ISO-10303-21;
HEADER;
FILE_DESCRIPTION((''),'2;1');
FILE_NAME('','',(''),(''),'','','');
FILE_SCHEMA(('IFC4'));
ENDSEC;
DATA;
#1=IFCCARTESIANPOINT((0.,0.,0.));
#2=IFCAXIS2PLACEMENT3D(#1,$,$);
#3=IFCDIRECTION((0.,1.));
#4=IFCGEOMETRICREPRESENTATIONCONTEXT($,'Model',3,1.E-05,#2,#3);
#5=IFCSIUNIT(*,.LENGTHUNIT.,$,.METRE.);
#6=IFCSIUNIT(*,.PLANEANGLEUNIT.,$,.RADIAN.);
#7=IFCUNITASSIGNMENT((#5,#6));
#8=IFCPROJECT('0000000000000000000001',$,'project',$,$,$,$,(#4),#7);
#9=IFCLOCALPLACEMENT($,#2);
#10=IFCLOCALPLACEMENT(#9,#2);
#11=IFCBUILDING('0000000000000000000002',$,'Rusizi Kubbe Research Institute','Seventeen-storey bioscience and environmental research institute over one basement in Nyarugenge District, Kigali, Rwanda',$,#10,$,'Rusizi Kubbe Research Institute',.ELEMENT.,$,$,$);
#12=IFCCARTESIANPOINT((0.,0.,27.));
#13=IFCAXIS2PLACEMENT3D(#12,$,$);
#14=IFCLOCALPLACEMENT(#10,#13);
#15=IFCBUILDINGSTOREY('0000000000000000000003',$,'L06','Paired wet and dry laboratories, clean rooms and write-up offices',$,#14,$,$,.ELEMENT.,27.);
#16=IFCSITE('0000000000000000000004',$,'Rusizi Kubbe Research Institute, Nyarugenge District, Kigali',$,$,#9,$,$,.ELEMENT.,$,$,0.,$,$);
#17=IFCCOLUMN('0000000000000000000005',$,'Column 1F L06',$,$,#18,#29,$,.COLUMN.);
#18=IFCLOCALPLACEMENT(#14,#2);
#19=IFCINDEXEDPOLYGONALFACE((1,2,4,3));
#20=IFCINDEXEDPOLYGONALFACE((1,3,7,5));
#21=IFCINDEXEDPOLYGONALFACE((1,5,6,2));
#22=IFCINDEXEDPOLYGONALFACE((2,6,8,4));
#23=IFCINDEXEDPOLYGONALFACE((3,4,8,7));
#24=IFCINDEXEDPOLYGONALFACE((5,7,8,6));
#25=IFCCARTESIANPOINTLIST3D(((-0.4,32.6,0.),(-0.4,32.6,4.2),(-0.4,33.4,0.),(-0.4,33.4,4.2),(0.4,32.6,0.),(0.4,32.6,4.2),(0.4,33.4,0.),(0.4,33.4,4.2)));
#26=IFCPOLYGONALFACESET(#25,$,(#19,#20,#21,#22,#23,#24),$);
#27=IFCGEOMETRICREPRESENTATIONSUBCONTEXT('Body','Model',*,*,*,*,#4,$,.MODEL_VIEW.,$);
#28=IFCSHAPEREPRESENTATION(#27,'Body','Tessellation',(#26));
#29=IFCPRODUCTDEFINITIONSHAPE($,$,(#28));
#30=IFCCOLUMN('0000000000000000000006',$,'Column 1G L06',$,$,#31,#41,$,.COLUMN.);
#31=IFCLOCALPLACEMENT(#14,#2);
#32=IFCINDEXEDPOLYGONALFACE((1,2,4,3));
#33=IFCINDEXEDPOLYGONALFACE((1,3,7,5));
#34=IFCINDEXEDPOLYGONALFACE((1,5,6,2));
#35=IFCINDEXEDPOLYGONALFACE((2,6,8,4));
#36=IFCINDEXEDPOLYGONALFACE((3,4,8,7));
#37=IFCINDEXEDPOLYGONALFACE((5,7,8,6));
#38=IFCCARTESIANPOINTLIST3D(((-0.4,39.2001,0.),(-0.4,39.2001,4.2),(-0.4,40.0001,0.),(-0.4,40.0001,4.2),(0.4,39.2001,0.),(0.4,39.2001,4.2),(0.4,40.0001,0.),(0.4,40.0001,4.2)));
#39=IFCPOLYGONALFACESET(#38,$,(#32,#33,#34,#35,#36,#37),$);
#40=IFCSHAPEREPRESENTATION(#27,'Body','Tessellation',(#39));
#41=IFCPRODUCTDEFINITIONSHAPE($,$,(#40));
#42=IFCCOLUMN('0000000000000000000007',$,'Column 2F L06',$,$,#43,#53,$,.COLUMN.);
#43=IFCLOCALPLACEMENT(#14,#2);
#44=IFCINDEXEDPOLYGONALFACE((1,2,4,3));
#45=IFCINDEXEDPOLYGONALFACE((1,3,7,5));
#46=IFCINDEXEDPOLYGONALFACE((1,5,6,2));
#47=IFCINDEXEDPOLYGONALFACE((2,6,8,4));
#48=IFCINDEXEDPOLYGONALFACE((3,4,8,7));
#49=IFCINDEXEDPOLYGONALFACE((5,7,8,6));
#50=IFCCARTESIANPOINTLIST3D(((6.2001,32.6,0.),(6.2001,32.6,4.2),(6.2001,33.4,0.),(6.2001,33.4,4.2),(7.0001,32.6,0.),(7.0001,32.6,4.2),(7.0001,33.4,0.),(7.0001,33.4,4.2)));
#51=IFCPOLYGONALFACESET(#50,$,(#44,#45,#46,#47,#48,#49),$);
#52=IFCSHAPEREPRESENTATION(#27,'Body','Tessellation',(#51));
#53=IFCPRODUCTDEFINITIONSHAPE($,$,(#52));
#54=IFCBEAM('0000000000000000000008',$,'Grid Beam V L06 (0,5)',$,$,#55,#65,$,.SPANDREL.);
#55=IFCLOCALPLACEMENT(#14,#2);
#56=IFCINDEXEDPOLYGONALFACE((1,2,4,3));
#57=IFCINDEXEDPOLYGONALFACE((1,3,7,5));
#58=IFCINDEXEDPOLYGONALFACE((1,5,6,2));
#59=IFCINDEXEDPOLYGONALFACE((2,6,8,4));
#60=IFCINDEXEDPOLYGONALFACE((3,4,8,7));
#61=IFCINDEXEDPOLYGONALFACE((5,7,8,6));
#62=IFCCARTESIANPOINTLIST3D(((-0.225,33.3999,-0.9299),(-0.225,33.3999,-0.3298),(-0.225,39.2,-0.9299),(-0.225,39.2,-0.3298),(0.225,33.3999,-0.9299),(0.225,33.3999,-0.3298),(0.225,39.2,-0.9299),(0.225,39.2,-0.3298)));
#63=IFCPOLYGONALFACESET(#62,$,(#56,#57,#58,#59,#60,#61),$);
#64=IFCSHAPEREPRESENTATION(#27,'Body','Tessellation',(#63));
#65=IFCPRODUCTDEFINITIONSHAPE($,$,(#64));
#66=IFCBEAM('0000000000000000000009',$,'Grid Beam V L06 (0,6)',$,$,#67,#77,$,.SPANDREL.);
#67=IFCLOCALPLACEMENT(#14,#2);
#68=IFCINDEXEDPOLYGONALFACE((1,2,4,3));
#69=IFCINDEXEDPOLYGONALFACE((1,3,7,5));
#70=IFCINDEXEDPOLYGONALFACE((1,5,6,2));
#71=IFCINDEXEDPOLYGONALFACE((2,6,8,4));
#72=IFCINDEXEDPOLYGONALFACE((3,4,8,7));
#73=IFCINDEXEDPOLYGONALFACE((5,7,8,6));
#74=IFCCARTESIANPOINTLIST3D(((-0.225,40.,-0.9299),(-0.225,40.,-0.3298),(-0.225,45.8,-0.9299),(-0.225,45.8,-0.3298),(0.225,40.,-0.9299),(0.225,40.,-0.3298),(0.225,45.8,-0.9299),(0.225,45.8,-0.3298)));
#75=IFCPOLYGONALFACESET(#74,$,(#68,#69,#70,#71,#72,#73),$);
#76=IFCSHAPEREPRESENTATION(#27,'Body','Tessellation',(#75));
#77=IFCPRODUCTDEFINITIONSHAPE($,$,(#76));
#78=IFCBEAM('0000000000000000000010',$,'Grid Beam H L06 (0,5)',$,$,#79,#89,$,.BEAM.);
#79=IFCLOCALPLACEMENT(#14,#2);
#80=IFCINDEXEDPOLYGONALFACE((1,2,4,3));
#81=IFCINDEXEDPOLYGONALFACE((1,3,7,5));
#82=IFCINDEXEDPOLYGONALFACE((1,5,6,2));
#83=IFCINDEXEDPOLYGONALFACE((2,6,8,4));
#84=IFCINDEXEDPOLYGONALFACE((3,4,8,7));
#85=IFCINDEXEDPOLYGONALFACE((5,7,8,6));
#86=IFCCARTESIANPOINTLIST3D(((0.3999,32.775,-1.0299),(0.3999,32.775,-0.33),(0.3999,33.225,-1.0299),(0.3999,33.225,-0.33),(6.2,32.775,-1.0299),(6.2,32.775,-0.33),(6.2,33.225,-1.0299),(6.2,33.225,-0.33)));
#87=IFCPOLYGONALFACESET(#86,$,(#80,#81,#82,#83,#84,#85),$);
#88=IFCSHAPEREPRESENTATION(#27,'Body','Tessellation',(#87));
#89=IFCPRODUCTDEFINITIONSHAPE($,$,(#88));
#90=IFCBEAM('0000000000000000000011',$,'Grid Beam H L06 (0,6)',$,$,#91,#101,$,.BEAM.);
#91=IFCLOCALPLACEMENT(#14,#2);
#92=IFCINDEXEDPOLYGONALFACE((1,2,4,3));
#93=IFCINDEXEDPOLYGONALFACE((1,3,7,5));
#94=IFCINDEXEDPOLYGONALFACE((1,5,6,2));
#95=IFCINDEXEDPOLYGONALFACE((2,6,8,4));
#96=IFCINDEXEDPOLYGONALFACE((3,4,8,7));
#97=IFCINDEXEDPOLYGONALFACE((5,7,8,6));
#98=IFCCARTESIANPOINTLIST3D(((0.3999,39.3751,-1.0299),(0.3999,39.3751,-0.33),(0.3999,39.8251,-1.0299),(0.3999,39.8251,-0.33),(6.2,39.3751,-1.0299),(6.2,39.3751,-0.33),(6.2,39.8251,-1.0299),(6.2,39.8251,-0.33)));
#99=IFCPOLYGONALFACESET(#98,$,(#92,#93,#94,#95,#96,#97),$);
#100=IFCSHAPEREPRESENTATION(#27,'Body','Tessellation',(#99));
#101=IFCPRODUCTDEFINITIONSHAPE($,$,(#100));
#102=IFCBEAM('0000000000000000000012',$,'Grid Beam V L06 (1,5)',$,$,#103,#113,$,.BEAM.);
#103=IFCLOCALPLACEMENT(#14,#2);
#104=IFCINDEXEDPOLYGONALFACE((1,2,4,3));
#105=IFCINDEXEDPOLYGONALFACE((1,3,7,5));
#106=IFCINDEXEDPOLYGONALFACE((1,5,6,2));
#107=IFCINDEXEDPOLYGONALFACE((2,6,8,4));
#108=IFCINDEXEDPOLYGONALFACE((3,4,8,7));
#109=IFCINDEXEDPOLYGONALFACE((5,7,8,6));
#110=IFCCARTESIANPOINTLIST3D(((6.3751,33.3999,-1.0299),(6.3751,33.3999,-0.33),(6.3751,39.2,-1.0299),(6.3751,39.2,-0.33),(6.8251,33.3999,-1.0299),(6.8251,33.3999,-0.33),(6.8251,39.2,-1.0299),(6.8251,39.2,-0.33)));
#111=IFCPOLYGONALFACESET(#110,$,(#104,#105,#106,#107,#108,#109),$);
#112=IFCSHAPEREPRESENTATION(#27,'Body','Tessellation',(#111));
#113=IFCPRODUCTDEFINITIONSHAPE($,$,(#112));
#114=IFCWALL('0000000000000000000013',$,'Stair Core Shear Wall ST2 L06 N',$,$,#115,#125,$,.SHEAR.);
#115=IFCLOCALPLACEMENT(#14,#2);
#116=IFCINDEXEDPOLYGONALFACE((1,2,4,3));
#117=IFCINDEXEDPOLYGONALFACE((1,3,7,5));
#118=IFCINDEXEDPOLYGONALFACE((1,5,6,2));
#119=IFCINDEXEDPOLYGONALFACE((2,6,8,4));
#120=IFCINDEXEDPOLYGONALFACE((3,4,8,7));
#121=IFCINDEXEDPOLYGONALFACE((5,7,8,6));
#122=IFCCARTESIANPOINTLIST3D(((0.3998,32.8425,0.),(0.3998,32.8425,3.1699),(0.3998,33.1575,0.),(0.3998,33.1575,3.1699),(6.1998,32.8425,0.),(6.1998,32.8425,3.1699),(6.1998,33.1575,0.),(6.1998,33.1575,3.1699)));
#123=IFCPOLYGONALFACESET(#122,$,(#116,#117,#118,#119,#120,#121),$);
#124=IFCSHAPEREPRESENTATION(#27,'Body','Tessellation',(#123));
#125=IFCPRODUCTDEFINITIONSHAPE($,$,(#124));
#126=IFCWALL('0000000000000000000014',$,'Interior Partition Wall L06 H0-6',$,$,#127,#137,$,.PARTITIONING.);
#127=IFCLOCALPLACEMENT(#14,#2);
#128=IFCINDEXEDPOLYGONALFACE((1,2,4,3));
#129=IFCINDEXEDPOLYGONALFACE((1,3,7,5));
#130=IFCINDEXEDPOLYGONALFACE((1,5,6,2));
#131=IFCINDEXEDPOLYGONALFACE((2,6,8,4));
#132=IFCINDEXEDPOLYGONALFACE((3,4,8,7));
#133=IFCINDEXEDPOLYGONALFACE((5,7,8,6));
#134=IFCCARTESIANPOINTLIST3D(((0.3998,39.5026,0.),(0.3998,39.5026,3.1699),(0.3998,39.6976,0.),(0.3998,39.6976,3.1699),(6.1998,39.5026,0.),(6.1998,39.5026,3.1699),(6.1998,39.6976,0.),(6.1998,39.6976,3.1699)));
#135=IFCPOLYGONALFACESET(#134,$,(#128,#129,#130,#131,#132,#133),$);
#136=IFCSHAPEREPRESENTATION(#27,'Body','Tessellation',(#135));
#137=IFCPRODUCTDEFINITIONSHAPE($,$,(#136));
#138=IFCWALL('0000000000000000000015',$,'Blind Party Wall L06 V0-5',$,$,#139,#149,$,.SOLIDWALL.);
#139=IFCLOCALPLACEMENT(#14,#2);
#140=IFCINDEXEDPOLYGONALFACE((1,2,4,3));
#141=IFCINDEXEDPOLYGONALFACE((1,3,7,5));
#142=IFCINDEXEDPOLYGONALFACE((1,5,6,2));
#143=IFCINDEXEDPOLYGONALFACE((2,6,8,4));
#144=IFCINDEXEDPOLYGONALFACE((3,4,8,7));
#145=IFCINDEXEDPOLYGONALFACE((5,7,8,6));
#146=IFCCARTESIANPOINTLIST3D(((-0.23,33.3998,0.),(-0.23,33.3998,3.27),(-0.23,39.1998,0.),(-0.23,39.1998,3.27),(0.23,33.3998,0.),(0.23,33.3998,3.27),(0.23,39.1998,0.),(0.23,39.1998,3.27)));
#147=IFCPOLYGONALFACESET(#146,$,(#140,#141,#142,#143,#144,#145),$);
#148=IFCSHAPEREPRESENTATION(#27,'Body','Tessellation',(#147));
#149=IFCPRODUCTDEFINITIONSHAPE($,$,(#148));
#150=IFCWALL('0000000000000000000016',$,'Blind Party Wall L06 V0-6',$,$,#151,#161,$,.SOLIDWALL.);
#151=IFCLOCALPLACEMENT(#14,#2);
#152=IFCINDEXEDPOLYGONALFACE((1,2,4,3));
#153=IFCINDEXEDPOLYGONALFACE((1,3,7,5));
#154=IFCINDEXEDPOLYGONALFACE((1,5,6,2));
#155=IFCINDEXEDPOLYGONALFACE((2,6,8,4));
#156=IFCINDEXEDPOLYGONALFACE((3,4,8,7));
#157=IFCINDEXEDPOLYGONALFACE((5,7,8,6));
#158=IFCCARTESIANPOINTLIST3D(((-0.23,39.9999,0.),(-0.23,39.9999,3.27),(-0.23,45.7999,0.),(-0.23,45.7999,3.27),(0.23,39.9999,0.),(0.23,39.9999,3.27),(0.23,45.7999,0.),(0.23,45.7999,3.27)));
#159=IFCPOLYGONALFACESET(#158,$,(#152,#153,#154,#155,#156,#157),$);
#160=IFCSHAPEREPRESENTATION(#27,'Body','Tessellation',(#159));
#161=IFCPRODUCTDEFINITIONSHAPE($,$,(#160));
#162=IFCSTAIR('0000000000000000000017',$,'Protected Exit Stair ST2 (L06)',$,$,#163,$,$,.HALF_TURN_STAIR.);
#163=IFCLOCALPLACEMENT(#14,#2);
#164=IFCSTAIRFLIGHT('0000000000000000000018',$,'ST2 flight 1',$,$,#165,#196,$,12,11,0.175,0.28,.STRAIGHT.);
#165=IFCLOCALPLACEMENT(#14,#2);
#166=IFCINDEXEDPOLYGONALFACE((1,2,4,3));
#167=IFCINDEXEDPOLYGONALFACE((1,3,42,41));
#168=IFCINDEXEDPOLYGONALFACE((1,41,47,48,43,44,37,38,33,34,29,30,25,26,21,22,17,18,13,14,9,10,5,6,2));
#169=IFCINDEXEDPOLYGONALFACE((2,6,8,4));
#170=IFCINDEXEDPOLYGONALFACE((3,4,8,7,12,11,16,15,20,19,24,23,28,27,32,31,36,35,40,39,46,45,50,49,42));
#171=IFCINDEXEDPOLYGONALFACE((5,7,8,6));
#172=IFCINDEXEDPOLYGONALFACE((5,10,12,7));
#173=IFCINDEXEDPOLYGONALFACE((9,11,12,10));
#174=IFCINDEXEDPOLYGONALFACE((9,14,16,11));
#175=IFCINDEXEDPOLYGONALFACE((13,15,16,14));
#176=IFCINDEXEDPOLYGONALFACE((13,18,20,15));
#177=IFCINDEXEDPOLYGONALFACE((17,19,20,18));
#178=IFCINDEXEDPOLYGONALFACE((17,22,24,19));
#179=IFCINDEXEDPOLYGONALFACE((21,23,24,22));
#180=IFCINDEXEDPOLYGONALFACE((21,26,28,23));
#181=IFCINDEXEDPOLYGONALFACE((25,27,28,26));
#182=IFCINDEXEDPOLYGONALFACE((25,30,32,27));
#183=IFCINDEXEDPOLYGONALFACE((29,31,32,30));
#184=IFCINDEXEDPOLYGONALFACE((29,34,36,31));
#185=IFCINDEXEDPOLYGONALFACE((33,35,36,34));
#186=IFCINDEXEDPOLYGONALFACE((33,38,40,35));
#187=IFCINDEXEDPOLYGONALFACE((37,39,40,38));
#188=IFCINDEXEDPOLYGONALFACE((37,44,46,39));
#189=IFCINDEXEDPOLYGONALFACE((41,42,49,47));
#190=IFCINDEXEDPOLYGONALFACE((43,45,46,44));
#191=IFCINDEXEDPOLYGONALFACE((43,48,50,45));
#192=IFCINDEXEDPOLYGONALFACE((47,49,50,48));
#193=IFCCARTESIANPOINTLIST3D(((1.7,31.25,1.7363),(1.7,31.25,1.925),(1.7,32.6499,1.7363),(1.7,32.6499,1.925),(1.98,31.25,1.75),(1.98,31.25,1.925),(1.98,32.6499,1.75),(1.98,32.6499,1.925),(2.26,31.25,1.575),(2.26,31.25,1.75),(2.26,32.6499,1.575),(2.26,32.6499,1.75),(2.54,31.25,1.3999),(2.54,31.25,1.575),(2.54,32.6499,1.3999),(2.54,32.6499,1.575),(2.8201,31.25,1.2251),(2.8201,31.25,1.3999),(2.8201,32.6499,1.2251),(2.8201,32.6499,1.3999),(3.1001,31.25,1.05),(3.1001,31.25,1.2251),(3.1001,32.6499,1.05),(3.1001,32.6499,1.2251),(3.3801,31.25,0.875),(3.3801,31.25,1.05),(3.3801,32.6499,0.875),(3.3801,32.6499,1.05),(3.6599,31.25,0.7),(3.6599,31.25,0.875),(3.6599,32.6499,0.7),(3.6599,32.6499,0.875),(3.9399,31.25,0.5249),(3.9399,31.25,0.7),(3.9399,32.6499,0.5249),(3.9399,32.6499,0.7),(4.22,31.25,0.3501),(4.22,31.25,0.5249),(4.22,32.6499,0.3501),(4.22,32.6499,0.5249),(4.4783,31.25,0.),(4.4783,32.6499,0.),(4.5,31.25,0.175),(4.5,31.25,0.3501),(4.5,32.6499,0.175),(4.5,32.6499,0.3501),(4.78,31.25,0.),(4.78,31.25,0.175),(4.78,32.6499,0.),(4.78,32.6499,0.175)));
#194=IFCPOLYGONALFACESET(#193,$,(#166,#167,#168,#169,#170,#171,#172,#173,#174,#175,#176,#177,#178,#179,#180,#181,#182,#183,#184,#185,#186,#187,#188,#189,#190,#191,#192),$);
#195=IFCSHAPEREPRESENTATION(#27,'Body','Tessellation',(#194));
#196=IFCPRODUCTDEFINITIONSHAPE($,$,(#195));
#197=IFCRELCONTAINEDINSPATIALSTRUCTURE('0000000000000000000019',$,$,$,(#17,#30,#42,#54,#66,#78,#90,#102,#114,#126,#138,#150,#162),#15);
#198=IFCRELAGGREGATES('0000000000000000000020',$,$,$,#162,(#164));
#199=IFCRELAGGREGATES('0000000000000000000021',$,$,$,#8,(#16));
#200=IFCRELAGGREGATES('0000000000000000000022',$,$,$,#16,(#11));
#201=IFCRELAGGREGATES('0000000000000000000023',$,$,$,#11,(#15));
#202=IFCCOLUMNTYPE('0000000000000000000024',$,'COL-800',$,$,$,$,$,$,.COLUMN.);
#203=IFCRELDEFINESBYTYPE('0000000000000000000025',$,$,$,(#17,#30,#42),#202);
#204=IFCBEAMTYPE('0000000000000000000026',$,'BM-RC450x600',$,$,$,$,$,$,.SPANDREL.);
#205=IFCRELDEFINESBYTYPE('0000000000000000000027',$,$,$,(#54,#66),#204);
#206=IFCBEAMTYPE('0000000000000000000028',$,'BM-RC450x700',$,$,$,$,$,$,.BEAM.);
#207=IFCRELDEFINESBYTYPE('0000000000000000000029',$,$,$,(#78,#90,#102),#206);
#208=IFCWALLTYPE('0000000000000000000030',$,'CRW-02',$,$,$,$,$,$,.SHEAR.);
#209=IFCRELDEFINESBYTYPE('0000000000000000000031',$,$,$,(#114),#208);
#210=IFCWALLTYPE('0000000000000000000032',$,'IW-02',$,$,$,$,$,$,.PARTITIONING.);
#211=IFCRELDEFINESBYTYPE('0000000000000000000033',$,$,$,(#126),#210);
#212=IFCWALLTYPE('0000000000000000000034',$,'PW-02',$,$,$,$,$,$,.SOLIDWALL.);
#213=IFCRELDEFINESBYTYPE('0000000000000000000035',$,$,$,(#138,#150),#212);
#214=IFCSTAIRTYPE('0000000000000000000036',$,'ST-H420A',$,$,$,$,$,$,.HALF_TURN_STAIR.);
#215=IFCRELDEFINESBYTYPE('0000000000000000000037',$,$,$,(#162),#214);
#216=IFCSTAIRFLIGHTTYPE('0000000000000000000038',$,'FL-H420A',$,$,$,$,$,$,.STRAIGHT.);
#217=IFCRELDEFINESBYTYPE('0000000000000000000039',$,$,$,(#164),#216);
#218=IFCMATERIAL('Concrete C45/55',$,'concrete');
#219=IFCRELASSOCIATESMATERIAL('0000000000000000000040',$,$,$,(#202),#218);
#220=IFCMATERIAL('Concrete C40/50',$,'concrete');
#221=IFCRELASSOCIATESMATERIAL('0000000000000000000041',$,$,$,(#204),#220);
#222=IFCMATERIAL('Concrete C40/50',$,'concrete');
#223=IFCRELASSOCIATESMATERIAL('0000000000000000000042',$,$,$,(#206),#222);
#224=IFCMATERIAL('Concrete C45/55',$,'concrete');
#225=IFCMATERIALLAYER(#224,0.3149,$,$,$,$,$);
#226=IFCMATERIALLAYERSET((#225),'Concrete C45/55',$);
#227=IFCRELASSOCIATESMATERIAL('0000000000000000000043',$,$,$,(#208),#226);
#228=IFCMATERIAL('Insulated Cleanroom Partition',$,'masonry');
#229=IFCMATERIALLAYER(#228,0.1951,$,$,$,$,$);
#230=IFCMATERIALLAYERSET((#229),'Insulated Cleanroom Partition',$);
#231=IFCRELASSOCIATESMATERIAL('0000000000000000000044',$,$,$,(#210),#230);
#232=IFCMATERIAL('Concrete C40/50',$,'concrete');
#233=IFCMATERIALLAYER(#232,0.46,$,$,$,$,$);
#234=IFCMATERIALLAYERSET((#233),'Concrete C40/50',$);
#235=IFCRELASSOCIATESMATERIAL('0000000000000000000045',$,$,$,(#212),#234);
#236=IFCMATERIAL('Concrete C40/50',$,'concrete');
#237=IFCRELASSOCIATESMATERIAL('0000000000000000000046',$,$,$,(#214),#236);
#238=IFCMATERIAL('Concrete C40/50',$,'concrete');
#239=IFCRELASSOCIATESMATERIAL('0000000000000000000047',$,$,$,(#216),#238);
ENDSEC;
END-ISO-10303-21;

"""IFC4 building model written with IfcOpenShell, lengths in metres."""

from ifc_helpers import new_model, si_unit, direction, frame, frame_2d, origin, origin_2d, place, context, subcontext, project, spatial, polyline, rectangle, outline, extrude, material, layer, layer_set, material_profile, profile_set, type_object, element, aggregate, save


model = new_model("IFC4")

# Units and contexts
model_context = context("Model", 3, precision=1e-05, world=origin(), true_north=direction((0.0, 1.0)))
body_context = subcontext(model_context, "Body", "Model", "MODEL_VIEW")
ifc_project = project(units=[si_unit("LENGTHUNIT", "METRE"), si_unit("PLANEANGLEUNIT", "RADIAN")], contexts=[model_context])

# Site, building, storey
site_placement = place(None, origin())
site = spatial("IfcSite", under=ifc_project, at=site_placement, Name="Rusizi Kubbe Research Institute, Nyarugenge District, Kigali", CompositionType="ELEMENT", RefElevation=0.0)
building_placement = place(site_placement, origin())
building = spatial("IfcBuilding", under=site, at=building_placement, Name="Rusizi Kubbe Research Institute", Description="Seventeen-storey bioscience and environmental research institute over one basement in Nyarugenge District, Kigali, Rwanda", LongName="Rusizi Kubbe Research Institute", CompositionType="ELEMENT")
storey_placement = place(building_placement, frame((0.0, 0.0, 27.0)))
storey = spatial("IfcBuildingStorey", under=building, at=storey_placement, Name="L06", Description="Paired wet and dry laboratories, clean rooms and write-up offices", CompositionType="ELEMENT", Elevation=27.0)

# Columns
ifc_material_1 = material(Name="Concrete C45/55", Category="concrete")
ifc_material_profile_1 = material_profile(ifc_material_1, rectangle(XDim=0.8, YDim=0.8, at=origin_2d()), Name="RC800x800")
ifc_profile_set_1 = profile_set([ifc_material_profile_1], Name="Concrete C45/55")
column_type = type_object("IfcColumnType", Name="COL-800", PredefinedType="COLUMN", material=ifc_profile_set_1)
for number, where, z_axis, x_axis, name in (
    (1, (0.0, 33.0, 0.0), (0.0, 0.0, 1.0), (1.0, 0.0, 0.0), "Column 1F L06"),
    (2, (0.0, 39.6001, 0.0), (0.0, 0.0, 1.0), (1.0, 0.0, 0.0), "Column 1G L06"),
    (3, (6.6001, 33.0, 0.0), (0.0, 0.0, 1.0), (1.0, 0.0, 0.0), "Column 2F L06"),
):
    element("IfcColumn", number, at=place(storey_placement, frame(where, z_axis=z_axis, x_axis=x_axis)), inside=storey, type_object=column_type, Name=name, PredefinedType="COLUMN", context=body_context, shape_type="SweptSolid", body=[
        extrude(rectangle(XDim=0.8, YDim=0.8, at=origin_2d()), origin(), (0.0, 0.0, 1.0), 4.2),
    ])

# Beams
ifc_material_2 = material(Name="Concrete C40/50", Category="concrete")
ifc_material_profile_2 = material_profile(ifc_material_2, rectangle(XDim=0.45, YDim=0.6001, at=origin_2d()), Name="RC450x600")
ifc_profile_set_2 = profile_set([ifc_material_profile_2], Name="Concrete C40/50")
beam_type_1 = type_object("IfcBeamType", Name="BM-RC450x600", PredefinedType="SPANDREL", material=ifc_profile_set_2)
for number, where, z_axis, x_axis, name in (
    (4, (0.0, 33.3999, -0.6299), (0.0, 1.0, 0.0), (-1.0, 0.0, 0.0), "Grid Beam V L06 (0,5)"),
    (5, (0.0, 40.0, -0.6299), (0.0, 1.0, 0.0), (-1.0, 0.0, 0.0), "Grid Beam V L06 (0,6)"),
):
    element("IfcBeam", number, at=place(storey_placement, frame(where, z_axis=z_axis, x_axis=x_axis)), inside=storey, type_object=beam_type_1, Name=name, PredefinedType="SPANDREL", context=body_context, shape_type="SweptSolid", body=[
        extrude(rectangle(XDim=0.45, YDim=0.6001, at=origin_2d()), origin(), (0.0, 0.0, 1.0), 5.8),
    ])
ifc_material_3 = material(Name="Concrete C40/50", Category="concrete")
ifc_material_profile_3 = material_profile(ifc_material_3, rectangle(XDim=0.45, YDim=0.7, at=origin_2d()), Name="RC450x700B")
ifc_profile_set_3 = profile_set([ifc_material_profile_3], Name="Concrete C40/50")
beam_type_2 = type_object("IfcBeamType", Name="BM-RC450x700", PredefinedType="BEAM", material=ifc_profile_set_3)
for number, where, z_axis, x_axis, name in (
    (6, (0.3999, 33.0, -0.6799), (1.0, 0.0, 0.0), (0.0, 1.0, 0.0), "Grid Beam H L06 (0,5)"),
    (7, (0.3999, 39.6001, -0.6799), (1.0, 0.0, 0.0), (0.0, 1.0, 0.0), "Grid Beam H L06 (0,6)"),
    (8, (6.6001, 33.3999, -0.6799), (0.0, 1.0, 0.0), (-1.0, 0.0, 0.0), "Grid Beam V L06 (1,5)"),
):
    element("IfcBeam", number, at=place(storey_placement, frame(where, z_axis=z_axis, x_axis=x_axis)), inside=storey, type_object=beam_type_2, Name=name, PredefinedType="BEAM", context=body_context, shape_type="SweptSolid", body=[
        extrude(rectangle(XDim=0.45, YDim=0.7, at=origin_2d()), origin(), (0.0, 0.0, 1.0), 5.8),
    ])

# Walls
ifc_material_4 = material(Name="Concrete C45/55", Category="concrete")
ifc_layer_1 = layer(ifc_material_4, 0.3149)
ifc_layer_set_1 = layer_set([ifc_layer_1], Name="Concrete C45/55")
wall_type_1 = type_object("IfcWallType", Name="CRW-02", PredefinedType="SHEAR", material=ifc_layer_set_1)
wall_1_placement = place(storey_placement, frame((0.3999, 33.0, 0.0), z_axis=(0.0, 0.0, 1.0), x_axis=(1.0, 0.0, 0.0)))
element("IfcWall", 9, at=wall_1_placement, inside=storey, type_object=wall_type_1, Name="Stair Core Shear Wall ST2 L06 N", PredefinedType="SHEAR", context=body_context, shape_type="SweptSolid", body=[
    extrude(rectangle(XDim=5.8, YDim=0.3149, at=frame_2d((2.8999, 0.0))), origin(), (0.0, 0.0, 1.0), 3.1699),
])
ifc_material_5 = material(Name="Insulated Cleanroom Partition", Category="masonry")
ifc_layer_2 = layer(ifc_material_5, 0.1951)
ifc_layer_set_2 = layer_set([ifc_layer_2], Name="Insulated Cleanroom Partition")
wall_type_2 = type_object("IfcWallType", Name="IW-02", PredefinedType="PARTITIONING", material=ifc_layer_set_2)
wall_2_placement = place(storey_placement, frame((0.3999, 39.6001, 0.0), z_axis=(0.0, 0.0, 1.0), x_axis=(1.0, 0.0, 0.0)))
element("IfcWall", 10, at=wall_2_placement, inside=storey, type_object=wall_type_2, Name="Interior Partition Wall L06 H0-6", PredefinedType="PARTITIONING", context=body_context, shape_type="SweptSolid", body=[
    extrude(rectangle(XDim=5.8, YDim=0.1951, at=frame_2d((2.8999, 0.0))), origin(), (0.0, 0.0, 1.0), 3.1699),
])
ifc_material_6 = material(Name="Concrete C40/50", Category="concrete")
ifc_layer_3 = layer(ifc_material_6, 0.46)
ifc_layer_set_3 = layer_set([ifc_layer_3], Name="Concrete C40/50")
wall_type_3 = type_object("IfcWallType", Name="PW-02", PredefinedType="SOLIDWALL", material=ifc_layer_set_3)
for number, where, z_axis, x_axis, name in (
    (11, (0.0, 33.3999, 0.0), (0.0, 0.0, 1.0), (0.0, 1.0, 0.0), "Blind Party Wall L06 V0-5"),
    (12, (0.0, 40.0, 0.0), (0.0, 0.0, 1.0), (0.0, 1.0, 0.0), "Blind Party Wall L06 V0-6"),
):
    element("IfcWall", number, at=place(storey_placement, frame(where, z_axis=z_axis, x_axis=x_axis)), inside=storey, type_object=wall_type_3, Name=name, PredefinedType="SOLIDWALL", context=body_context, shape_type="SweptSolid", body=[
        extrude(rectangle(XDim=5.8, YDim=0.46, at=frame_2d((2.8999, 0.0))), origin(), (0.0, 0.0, 1.0), 3.27),
    ])

# Stair, stair flight
ifc_material_7 = material(Name="Concrete C40/50", Category="concrete")
stair_type = type_object("IfcStairType", Name="ST-H420A", PredefinedType="HALF_TURN_STAIR", material=ifc_material_7)
stair_placement = place(storey_placement, origin())
stair = element("IfcStair", 13, at=stair_placement, inside=storey, type_object=stair_type, Name="Protected Exit Stair ST2 (L06)", PredefinedType="HALF_TURN_STAIR")
ifc_material_8 = material(Name="Concrete C40/50", Category="concrete")
stair_flight_type = type_object("IfcStairFlightType", Name="FL-H420A", PredefinedType="STRAIGHT", material=ifc_material_8)
stair_flight_placement = place(storey_placement, frame((4.78, 31.95, 0.0), z_axis=(0.0, 0.0, 1.0), x_axis=(-1.0, 0.0, 0.0)))
stair_flight = element("IfcStairFlight", 14, at=stair_flight_placement, type_object=stair_flight_type, Name="ST2 flight 1", NumberOfRisers=12, NumberOfTreads=11, PredefinedType="STRAIGHT", RiserHeight=0.175, TreadLength=0.28, context=body_context, shape_type="SweptSolid", body=[
    extrude(outline(polyline([(0.0, 0.0), (0.0, 0.175), (0.28, 0.175), (0.28, 0.3501), (0.5601, 0.3501), (0.5601, 0.5249), (0.8401, 0.5249), (0.8401, 0.7), (1.1201, 0.7), (1.1201, 0.875), (1.3999, 0.875), (1.3999, 1.05), (1.6799, 1.05), (1.6799, 1.2251), (1.96, 1.2251), (1.96, 1.3999), (2.24, 1.3999), (2.24, 1.575), (2.52, 1.575), (2.52, 1.75), (2.8, 1.75), (2.8, 1.925), (3.0801, 1.925), (3.0801, 2.1001), (3.0801, 1.7363), (0.3018, 0.0), (0.0, 0.0)])), frame((0.0, 0.7, 0.0), z_axis=(0.0, -1.0, 0.0), x_axis=(1.0, 0.0, 0.0)), (0.0, 0.0, 1.0), 1.3999),
])
aggregate(stair, [stair_flight])

save(model, "model.ifc")
